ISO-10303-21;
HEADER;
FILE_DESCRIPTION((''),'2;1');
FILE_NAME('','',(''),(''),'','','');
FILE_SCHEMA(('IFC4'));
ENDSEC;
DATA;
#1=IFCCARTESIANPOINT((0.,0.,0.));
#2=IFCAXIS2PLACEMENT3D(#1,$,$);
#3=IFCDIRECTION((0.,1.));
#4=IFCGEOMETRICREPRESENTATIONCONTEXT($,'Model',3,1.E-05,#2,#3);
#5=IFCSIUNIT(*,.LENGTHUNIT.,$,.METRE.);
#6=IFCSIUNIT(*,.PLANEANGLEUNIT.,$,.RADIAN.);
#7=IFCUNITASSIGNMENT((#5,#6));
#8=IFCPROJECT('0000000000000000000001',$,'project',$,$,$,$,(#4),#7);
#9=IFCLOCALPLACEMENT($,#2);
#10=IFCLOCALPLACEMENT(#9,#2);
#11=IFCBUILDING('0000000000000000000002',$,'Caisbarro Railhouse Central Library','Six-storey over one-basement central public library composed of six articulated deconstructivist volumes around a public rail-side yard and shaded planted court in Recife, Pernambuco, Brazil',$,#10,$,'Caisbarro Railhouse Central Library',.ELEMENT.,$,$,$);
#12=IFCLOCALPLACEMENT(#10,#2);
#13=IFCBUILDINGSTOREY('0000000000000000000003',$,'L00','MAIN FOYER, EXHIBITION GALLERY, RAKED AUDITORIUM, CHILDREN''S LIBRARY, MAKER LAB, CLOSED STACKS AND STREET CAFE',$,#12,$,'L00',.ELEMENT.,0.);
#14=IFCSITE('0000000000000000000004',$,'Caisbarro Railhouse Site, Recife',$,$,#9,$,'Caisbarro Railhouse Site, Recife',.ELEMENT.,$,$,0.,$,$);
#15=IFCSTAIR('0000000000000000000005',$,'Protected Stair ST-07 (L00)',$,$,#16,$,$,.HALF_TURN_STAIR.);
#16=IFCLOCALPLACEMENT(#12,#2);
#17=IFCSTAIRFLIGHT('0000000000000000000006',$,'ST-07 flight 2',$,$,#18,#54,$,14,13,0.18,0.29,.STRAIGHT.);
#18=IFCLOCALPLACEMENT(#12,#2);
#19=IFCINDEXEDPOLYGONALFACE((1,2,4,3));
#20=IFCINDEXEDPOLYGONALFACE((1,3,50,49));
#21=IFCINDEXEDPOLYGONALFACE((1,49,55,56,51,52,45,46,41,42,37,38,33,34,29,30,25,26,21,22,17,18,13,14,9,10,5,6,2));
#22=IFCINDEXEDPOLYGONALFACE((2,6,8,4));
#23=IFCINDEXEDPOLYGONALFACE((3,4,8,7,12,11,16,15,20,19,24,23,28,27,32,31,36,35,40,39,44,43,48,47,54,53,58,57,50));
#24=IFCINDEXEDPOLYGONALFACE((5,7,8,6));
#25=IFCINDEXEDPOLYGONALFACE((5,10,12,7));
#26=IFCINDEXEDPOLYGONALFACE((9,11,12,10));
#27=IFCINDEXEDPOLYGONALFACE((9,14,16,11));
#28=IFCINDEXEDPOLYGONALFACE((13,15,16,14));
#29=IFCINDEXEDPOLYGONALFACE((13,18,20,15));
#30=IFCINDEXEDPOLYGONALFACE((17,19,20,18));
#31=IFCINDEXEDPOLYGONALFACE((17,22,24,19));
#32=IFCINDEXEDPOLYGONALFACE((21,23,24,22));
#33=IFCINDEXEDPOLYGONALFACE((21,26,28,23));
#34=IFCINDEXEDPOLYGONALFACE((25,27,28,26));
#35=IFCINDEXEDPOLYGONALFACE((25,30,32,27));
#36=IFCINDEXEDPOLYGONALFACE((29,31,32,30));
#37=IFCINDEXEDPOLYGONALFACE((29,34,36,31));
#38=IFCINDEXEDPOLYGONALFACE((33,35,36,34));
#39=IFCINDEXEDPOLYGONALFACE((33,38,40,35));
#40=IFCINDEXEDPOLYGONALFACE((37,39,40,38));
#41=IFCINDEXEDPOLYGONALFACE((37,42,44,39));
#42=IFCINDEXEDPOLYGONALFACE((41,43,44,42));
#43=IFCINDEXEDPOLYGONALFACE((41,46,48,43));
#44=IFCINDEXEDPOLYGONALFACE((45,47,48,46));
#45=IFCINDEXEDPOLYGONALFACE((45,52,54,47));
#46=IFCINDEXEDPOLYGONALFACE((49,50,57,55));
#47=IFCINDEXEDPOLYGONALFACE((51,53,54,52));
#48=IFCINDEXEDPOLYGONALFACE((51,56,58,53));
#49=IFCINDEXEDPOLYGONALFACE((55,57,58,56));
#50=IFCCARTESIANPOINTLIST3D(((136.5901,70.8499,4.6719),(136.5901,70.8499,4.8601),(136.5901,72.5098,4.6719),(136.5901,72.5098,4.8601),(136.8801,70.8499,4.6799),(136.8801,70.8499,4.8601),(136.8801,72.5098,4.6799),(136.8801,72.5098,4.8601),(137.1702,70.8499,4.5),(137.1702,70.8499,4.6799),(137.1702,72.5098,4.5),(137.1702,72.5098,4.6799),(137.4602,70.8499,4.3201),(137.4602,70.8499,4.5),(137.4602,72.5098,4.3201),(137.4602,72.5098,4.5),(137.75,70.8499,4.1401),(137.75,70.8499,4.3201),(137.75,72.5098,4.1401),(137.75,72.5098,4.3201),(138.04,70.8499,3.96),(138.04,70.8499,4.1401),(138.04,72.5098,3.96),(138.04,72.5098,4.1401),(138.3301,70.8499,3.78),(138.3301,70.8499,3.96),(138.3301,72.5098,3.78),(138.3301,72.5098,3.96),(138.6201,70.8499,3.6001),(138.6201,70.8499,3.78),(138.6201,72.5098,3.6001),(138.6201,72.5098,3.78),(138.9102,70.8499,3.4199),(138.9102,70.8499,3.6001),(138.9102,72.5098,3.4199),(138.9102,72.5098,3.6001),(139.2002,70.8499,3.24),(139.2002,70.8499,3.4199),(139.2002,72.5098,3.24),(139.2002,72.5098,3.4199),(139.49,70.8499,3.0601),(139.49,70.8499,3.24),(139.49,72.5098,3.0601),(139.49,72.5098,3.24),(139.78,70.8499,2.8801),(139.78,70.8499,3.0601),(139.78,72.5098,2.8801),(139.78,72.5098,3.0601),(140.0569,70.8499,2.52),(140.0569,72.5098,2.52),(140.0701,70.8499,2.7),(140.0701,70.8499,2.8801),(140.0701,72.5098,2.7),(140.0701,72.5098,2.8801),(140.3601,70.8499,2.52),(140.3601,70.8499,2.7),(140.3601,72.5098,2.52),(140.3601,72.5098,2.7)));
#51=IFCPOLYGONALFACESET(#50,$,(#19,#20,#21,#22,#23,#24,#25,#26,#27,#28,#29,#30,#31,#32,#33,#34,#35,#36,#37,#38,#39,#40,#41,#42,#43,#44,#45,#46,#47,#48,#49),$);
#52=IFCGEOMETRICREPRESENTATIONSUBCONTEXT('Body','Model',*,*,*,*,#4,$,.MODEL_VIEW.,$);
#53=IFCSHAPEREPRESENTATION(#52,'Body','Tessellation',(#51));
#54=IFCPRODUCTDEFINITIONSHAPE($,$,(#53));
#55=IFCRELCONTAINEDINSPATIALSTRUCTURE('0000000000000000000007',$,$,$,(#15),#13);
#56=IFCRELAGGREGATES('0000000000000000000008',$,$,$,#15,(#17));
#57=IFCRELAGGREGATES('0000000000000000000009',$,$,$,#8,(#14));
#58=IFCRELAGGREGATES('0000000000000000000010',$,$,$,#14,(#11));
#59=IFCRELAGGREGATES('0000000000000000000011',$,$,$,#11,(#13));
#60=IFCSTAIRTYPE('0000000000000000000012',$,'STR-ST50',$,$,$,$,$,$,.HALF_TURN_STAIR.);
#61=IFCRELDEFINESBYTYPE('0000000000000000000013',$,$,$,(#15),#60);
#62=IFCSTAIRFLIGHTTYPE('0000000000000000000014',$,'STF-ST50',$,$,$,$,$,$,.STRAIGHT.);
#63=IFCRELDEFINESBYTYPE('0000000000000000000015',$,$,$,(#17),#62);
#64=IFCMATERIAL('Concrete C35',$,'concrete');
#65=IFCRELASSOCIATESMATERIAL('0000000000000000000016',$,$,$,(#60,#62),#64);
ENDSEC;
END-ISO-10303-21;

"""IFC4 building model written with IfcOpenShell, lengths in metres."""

from ifc_helpers import new_model, si_unit, direction, frame, origin, place, context, subcontext, project, spatial, polyline, outline, extrude, material, type_object, element, aggregate, save


model = new_model("IFC4")

# Units and contexts
model_context = context("Model", 3, precision=1e-05, world=origin(), true_north=direction((0.0, 1.0)))
body_context = subcontext(model_context, "Body", "Model", "MODEL_VIEW")
ifc_project = project(units=[si_unit("LENGTHUNIT", "METRE"), si_unit("PLANEANGLEUNIT", "RADIAN")], contexts=[model_context])

# Site, building, storey
site_placement = place(None, origin())
site = spatial("IfcSite", under=ifc_project, at=site_placement, Name="Caisbarro Railhouse Site, Recife", LongName="Caisbarro Railhouse Site, Recife", CompositionType="ELEMENT", RefElevation=0.0)
building_placement = place(site_placement, origin())
building = spatial("IfcBuilding", under=site, at=building_placement, Name="Caisbarro Railhouse Central Library", Description="Six-storey over one-basement central public library composed of six articulated deconstructivist volumes around a public rail-side yard and shaded planted court in Recife, Pernambuco, Brazil", LongName="Caisbarro Railhouse Central Library", CompositionType="ELEMENT")
storey_placement = place(building_placement, origin())
storey = spatial("IfcBuildingStorey", under=building, at=storey_placement, Name="L00", Description="MAIN FOYER, EXHIBITION GALLERY, RAKED AUDITORIUM, CHILDREN'S LIBRARY, MAKER LAB, CLOSED STACKS AND STREET CAFE", LongName="L00", CompositionType="ELEMENT", Elevation=0.0)

# Stair, stair flight
ifc_material_1 = material(Name="Concrete C35", Category="concrete")
stair_type = type_object("IfcStairType", Name="STR-ST50", PredefinedType="HALF_TURN_STAIR", material=ifc_material_1)
stair_placement = place(storey_placement, origin())
stair = element("IfcStair", 1, at=stair_placement, inside=storey, type_object=stair_type, Name="Protected Stair ST-07 (L00)", PredefinedType="HALF_TURN_STAIR")
stair_flight_type = type_object("IfcStairFlightType", Name="STF-ST50", PredefinedType="STRAIGHT", material=ifc_material_1)
stair_flight_placement = place(storey_placement, frame((140.3601, 71.6799, 2.52), z_axis=(0.0, 0.0, 1.0), x_axis=(-1.0, 0.0, 0.0)))
stair_flight = element("IfcStairFlight", 2, at=stair_flight_placement, type_object=stair_flight_type, Name="ST-07 flight 2", NumberOfRisers=14, NumberOfTreads=13, PredefinedType="STRAIGHT", RiserHeight=0.18, TreadLength=0.29, context=body_context, shape_type="SweptSolid", body=[
    extrude(outline(polyline([(0.0, 0.0), (0.0, 0.1799), (0.29, 0.1799), (0.29, 0.3601), (0.5801, 0.3601), (0.5801, 0.54), (0.8701, 0.54), (0.8701, 0.72), (1.1599, 0.72), (1.1599, 0.8999), (1.45, 0.8999), (1.45, 1.0801), (1.74, 1.0801), (1.74, 1.26), (2.03, 1.26), (2.03, 1.4399), (2.3201, 1.4399), (2.3201, 1.6201), (2.6101, 1.6201), (2.6101, 1.8), (2.8999, 1.8), (2.8999, 1.98), (3.1899, 1.98), (3.1899, 2.1599), (3.48, 2.1599), (3.48, 2.3401), (3.77, 2.3401), (3.77, 2.52), (3.77, 2.1519), (0.3032, 0.0), (0.0, 0.0)])), frame((0.0, 0.8301, 0.0), z_axis=(0.0, -1.0, 0.0), x_axis=(1.0, 0.0, 0.0)), (0.0, 0.0, 1.0), 1.6599),
])
aggregate(stair, [stair_flight])

save(model, "model.ifc")
